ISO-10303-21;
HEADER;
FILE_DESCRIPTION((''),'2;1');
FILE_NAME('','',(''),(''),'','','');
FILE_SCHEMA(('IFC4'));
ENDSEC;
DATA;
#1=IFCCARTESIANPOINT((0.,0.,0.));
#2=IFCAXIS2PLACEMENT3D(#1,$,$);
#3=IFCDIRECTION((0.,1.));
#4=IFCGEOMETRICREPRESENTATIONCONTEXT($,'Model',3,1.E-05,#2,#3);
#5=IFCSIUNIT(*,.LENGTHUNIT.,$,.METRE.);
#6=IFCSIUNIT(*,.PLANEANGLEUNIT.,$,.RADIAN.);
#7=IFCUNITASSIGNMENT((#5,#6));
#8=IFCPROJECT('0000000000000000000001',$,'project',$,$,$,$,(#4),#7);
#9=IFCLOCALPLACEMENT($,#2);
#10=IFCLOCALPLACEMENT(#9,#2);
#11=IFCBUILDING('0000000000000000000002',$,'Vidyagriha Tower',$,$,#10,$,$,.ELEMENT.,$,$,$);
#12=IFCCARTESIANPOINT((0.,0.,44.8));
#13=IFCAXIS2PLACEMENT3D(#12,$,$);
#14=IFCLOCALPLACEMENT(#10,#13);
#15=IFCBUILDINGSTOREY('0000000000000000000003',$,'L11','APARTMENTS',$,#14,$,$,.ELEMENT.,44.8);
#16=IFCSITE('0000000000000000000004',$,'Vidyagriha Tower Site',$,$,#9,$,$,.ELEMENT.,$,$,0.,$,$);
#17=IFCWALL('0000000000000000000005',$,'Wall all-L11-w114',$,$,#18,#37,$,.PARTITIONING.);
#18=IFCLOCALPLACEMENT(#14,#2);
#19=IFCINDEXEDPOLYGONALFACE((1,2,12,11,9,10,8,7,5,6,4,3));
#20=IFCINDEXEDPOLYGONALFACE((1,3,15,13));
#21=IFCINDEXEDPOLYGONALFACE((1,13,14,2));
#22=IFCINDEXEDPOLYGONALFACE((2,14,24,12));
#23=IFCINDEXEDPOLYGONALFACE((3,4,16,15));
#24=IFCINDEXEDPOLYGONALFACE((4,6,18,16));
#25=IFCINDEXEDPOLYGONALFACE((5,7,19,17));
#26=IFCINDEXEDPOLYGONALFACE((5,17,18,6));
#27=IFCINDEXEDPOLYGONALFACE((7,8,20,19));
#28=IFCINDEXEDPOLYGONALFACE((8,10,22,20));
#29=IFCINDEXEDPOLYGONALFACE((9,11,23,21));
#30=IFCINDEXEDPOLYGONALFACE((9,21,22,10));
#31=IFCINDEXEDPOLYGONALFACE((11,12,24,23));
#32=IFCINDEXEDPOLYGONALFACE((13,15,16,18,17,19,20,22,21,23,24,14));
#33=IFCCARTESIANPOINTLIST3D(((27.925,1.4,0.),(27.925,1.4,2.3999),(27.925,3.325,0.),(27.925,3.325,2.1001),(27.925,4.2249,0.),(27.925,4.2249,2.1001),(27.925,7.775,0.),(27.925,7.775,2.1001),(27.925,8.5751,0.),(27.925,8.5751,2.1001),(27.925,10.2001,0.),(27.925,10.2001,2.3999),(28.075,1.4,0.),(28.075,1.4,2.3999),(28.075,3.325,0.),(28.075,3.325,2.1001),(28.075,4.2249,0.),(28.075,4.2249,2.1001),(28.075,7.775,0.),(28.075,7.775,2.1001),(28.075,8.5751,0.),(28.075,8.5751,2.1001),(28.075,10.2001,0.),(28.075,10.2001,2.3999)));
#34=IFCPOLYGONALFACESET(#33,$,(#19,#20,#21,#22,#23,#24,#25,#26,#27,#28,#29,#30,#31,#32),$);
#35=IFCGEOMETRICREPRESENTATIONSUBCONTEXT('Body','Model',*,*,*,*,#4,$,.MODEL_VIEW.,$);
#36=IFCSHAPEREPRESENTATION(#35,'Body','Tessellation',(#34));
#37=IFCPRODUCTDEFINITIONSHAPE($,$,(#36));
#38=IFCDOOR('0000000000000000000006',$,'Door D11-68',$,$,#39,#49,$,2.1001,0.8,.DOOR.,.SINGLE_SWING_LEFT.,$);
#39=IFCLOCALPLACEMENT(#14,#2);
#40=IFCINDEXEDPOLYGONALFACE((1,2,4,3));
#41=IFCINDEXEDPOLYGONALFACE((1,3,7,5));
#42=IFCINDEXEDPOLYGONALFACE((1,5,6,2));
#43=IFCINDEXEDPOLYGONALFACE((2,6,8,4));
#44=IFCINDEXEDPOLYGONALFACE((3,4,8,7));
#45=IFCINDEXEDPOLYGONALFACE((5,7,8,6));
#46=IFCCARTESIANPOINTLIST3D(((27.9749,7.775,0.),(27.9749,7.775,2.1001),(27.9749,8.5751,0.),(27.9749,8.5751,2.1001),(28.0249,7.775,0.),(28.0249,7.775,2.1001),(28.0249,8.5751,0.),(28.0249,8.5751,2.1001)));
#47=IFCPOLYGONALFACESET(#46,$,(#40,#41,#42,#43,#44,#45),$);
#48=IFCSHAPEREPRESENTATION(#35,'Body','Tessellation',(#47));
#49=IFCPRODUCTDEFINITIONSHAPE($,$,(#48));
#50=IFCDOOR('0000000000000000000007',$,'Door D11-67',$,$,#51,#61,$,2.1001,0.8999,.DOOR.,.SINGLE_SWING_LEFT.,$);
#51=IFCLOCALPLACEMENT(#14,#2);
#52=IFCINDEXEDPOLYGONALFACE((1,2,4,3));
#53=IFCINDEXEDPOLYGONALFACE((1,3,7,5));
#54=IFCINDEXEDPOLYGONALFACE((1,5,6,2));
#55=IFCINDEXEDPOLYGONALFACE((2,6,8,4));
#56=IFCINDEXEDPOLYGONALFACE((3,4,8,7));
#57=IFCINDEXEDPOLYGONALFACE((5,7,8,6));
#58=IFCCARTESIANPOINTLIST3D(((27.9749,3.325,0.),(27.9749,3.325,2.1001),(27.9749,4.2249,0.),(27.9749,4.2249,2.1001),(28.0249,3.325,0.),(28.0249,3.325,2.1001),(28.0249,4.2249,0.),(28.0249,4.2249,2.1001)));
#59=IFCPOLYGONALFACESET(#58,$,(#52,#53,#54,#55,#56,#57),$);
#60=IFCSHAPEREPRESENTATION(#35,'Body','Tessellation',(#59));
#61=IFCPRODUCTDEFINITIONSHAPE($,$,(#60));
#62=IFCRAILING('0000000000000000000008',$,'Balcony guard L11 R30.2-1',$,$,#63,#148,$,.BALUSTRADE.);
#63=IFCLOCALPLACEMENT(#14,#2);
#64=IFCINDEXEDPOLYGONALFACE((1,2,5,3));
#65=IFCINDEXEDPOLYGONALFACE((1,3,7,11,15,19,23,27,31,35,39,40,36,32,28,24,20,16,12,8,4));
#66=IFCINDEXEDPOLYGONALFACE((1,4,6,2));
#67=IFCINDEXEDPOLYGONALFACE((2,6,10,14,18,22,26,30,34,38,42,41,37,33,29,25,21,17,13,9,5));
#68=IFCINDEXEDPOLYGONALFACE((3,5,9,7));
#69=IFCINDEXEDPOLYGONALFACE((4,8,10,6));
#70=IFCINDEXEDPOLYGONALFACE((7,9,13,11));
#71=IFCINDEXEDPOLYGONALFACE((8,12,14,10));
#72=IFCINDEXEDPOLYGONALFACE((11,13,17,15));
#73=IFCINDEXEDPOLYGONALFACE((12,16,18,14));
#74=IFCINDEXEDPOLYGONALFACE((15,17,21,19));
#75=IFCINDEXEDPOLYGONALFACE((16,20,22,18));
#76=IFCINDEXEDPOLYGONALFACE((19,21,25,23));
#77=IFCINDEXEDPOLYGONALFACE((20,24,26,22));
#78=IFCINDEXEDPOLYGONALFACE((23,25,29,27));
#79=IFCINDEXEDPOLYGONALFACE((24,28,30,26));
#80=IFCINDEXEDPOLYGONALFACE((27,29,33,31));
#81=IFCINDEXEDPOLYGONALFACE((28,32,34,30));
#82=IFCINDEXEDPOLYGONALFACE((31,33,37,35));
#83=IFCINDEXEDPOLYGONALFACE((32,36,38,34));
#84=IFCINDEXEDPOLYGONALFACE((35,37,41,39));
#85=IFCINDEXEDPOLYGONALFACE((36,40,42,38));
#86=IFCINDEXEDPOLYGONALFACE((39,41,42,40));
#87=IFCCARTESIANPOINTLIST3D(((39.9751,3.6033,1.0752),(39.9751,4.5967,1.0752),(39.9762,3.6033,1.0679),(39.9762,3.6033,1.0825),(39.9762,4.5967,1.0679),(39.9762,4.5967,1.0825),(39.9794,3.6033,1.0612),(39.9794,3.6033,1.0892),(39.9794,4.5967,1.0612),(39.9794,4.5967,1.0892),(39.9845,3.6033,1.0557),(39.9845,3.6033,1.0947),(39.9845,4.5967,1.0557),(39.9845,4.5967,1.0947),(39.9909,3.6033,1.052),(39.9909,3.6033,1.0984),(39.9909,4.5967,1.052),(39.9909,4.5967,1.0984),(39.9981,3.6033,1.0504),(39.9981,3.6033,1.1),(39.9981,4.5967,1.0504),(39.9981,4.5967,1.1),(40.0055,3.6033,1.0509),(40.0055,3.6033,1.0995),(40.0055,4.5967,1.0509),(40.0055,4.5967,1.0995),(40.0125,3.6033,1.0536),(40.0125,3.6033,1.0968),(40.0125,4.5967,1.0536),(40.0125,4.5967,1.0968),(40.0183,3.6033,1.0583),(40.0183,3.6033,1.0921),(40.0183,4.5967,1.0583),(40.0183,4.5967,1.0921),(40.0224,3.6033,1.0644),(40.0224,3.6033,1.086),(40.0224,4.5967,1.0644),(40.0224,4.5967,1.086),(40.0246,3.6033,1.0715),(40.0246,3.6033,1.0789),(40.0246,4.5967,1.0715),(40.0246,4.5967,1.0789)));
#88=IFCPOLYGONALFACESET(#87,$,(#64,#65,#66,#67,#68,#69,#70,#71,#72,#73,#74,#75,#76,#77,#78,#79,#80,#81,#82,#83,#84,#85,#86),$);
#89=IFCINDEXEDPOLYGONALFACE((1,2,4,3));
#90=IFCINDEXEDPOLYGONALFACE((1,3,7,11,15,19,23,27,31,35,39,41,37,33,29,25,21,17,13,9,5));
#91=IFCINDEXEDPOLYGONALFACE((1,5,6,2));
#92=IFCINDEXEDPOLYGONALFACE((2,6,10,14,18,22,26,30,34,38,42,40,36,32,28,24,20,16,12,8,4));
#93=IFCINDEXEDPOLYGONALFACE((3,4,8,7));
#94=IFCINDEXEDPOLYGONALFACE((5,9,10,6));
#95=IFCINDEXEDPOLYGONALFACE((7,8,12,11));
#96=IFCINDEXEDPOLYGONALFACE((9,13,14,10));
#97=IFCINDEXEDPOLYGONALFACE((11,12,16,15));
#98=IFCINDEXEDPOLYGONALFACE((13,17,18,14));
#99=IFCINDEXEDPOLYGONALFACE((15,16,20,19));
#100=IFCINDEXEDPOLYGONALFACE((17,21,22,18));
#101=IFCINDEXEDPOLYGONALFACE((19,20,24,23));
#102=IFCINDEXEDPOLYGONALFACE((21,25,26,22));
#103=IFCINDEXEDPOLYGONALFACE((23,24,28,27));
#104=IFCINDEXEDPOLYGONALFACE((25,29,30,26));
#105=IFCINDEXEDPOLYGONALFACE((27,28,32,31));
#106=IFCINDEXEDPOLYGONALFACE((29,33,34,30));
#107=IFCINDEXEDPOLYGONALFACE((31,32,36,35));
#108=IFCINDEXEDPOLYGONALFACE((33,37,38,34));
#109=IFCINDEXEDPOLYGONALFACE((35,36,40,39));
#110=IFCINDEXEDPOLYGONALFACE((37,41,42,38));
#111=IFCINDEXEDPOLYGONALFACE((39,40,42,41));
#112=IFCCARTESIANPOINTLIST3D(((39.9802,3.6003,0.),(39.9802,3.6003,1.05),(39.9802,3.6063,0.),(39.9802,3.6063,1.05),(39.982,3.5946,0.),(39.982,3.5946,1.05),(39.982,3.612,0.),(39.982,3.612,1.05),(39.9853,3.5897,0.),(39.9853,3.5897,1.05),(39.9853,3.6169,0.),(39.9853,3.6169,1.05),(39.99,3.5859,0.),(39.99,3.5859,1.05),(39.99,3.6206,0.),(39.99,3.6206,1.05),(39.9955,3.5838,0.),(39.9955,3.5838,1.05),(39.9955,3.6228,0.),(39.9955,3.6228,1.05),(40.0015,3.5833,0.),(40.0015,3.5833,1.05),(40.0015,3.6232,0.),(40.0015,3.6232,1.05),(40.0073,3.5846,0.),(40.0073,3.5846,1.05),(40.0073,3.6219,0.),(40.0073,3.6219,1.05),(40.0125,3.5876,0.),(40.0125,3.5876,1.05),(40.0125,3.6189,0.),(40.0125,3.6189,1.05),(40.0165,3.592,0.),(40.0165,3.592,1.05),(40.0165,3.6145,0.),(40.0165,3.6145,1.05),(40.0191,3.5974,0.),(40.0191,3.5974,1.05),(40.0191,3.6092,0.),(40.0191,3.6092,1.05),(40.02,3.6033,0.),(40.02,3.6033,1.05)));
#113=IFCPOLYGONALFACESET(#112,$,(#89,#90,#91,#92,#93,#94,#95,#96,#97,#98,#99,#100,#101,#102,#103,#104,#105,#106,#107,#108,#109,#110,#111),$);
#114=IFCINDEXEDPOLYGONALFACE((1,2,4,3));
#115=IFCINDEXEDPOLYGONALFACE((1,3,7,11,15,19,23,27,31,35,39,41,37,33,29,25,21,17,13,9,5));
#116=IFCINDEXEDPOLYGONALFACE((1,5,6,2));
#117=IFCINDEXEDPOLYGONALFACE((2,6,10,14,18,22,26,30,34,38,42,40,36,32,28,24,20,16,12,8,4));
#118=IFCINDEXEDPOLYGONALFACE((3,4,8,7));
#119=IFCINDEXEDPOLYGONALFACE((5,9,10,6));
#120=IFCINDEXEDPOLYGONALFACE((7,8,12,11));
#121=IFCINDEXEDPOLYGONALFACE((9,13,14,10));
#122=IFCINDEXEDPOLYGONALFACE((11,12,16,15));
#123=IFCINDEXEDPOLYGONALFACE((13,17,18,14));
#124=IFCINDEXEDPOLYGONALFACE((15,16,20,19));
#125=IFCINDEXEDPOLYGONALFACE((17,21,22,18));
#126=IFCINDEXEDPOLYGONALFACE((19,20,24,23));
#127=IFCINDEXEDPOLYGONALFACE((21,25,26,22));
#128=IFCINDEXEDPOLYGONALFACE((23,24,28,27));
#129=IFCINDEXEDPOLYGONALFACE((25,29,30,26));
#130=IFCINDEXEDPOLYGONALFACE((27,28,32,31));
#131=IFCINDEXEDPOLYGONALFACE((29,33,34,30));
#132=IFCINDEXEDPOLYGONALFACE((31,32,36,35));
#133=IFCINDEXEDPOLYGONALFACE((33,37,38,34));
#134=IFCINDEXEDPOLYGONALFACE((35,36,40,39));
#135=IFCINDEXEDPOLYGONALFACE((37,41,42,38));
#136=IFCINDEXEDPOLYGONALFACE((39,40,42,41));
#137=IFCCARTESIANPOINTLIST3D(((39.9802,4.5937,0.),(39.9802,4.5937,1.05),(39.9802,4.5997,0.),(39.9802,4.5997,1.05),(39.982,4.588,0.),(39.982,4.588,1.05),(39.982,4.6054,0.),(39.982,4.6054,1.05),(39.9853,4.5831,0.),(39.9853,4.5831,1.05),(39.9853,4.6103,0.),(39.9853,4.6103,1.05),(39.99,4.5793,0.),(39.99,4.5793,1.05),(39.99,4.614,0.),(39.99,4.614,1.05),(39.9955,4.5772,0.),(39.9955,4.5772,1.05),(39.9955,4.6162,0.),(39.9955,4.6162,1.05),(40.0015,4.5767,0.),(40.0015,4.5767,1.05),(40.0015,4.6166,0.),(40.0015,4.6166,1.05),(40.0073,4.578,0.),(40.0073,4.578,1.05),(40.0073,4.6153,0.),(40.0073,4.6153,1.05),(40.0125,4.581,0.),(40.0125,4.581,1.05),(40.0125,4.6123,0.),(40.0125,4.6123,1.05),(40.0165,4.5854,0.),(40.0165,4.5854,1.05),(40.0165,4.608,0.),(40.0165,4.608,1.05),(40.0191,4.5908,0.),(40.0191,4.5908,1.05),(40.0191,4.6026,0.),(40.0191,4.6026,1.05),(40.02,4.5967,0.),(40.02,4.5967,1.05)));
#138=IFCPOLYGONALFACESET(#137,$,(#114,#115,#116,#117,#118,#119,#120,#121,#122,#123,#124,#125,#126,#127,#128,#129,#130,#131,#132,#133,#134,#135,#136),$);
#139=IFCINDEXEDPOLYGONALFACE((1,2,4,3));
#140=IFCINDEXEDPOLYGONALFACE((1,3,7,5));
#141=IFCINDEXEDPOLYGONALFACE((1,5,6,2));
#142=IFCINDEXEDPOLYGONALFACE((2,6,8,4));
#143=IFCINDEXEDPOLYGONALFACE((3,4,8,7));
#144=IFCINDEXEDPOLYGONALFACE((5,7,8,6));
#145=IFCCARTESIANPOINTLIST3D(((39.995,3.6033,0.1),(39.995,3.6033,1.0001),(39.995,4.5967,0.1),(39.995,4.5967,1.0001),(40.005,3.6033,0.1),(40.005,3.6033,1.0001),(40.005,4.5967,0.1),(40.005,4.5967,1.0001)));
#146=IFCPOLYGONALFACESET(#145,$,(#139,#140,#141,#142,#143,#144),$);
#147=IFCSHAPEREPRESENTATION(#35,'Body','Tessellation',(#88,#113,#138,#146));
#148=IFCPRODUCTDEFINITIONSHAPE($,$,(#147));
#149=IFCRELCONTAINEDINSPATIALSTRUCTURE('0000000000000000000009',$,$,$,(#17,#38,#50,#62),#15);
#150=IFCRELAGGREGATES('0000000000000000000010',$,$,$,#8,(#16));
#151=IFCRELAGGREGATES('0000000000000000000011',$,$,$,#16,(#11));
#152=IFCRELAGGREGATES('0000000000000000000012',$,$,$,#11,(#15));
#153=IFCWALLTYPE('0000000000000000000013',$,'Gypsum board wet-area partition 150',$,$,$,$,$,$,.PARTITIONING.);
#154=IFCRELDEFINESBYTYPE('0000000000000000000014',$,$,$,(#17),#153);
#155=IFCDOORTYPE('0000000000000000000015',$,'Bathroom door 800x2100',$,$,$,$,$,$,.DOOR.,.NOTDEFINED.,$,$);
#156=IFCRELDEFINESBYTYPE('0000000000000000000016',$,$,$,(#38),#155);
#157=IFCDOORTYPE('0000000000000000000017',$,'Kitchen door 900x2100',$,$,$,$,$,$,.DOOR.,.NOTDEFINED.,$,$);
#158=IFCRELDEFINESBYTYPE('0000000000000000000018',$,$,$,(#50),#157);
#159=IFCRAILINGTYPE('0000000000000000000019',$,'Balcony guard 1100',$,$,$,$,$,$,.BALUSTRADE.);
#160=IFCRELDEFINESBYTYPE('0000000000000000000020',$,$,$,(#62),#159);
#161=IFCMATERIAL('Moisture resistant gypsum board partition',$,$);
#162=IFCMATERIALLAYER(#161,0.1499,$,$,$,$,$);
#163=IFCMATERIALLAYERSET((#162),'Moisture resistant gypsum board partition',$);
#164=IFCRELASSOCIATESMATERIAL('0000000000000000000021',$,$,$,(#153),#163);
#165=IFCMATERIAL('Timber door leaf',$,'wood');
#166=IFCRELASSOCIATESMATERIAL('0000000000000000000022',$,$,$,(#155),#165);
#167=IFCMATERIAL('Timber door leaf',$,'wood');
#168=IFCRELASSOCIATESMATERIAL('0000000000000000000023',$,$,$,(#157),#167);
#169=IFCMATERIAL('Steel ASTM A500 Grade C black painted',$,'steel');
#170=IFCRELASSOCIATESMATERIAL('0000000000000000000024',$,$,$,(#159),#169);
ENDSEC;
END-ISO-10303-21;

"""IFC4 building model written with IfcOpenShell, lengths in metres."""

from ifc_helpers import new_model, si_unit, direction, frame, frame_2d, origin, origin_2d, place, context, subcontext, project, spatial, rectangle, circle, extrude, material, layer, layer_set, type_object, element, fill, save


model = new_model("IFC4")

# Units and contexts
model_context = context("Model", 3, precision=1e-05, world=origin(), true_north=direction((0.0, 1.0)))
body_context = subcontext(model_context, "Body", "Model", "MODEL_VIEW")
ifc_project = project(units=[si_unit("LENGTHUNIT", "METRE"), si_unit("PLANEANGLEUNIT", "RADIAN")], contexts=[model_context])

# Site, building, storey
site_placement = place(None, origin())
site = spatial("IfcSite", under=ifc_project, at=site_placement, Name="Vidyagriha Tower Site", CompositionType="ELEMENT", RefElevation=0.0)
building_placement = place(site_placement, origin())
building = spatial("IfcBuilding", under=site, at=building_placement, Name="Vidyagriha Tower", CompositionType="ELEMENT")
storey_placement = place(building_placement, frame((0.0, 0.0, 44.8)))
storey = spatial("IfcBuildingStorey", under=building, at=storey_placement, Name="L11", Description="APARTMENTS", CompositionType="ELEMENT", Elevation=44.8)

# Wall, openings, doors
ifc_material_1 = material(Name="Moisture resistant gypsum board partition")
ifc_layer_1 = layer(ifc_material_1, 0.1499)
ifc_layer_set_1 = layer_set([ifc_layer_1], Name="Moisture resistant gypsum board partition")
wall_type_1 = type_object("IfcWallType", Name="Gypsum board wet-area partition 150", PredefinedType="PARTITIONING", material=ifc_layer_set_1)
wall_1_placement = place(storey_placement, frame((28.0, 10.2, 0.0), z_axis=(0.0, 0.0, 1.0), x_axis=(0.0, -1.0, 0.0)))
wall_1 = element("IfcWall", 1, at=wall_1_placement, inside=storey, type_object=wall_type_1, Name="Wall all-L11-w114", PredefinedType="PARTITIONING", context=body_context, shape_type="SweptSolid", body=[
    extrude(rectangle(XDim=8.8, YDim=0.1499, at=frame_2d((4.3999, 0.0))), origin(), (0.0, 0.0, 1.0), 2.3999),
])
opening_1_placement = place(wall_1_placement, frame((5.9751, 0.0, 0.0)))
opening_1 = element("IfcOpeningElement", 2, at=opening_1_placement, cuts=wall_1, PredefinedType="OPENING", context=body_context, shape_type="SweptSolid", body=[
    extrude(rectangle(XDim=0.8999, YDim=2.1001, at=frame_2d((0.45, 1.05))), frame((0.0, 0.085, 0.0), z_axis=(0.0, -1.0, 0.0), x_axis=(1.0, 0.0, 0.0)), (0.0, 0.0, 1.0), 0.1699),
])
opening_2_placement = place(wall_1_placement, frame((1.625, 0.0, 0.0)))
opening_2 = element("IfcOpeningElement", 3, at=opening_2_placement, cuts=wall_1, PredefinedType="OPENING", context=body_context, shape_type="SweptSolid", body=[
    extrude(rectangle(XDim=0.8, YDim=2.1001, at=frame_2d((0.3999, 1.05))), frame((0.0, 0.085, 0.0), z_axis=(0.0, -1.0, 0.0), x_axis=(1.0, 0.0, 0.0)), (0.0, 0.0, 1.0), 0.1699),
])
ifc_material_2 = material(Name="Timber door leaf", Category="wood")
door_type_1 = type_object("IfcDoorType", Name="Bathroom door 800x2100", OperationType="NOTDEFINED", PredefinedType="DOOR", material=ifc_material_2)
door_1_placement = place(opening_2_placement, origin())
door_1 = element("IfcDoor", 4, at=door_1_placement, inside=storey, type_object=door_type_1, Name="Door D11-68", OperationType="SINGLE_SWING_LEFT", OverallHeight=2.1001, OverallWidth=0.8, PredefinedType="DOOR", context=body_context, shape_type="SweptSolid", body=[
    extrude(rectangle(XDim=0.8, YDim=2.1001, at=frame_2d((0.3999, 1.05))), frame((0.0, 0.0249, 0.0), z_axis=(0.0, -1.0, 0.0), x_axis=(1.0, 0.0, 0.0)), (0.0, 0.0, 1.0), 0.05),
])
fill(opening_2, door_1)
ifc_material_3 = material(Name="Timber door leaf", Category="wood")
door_type_2 = type_object("IfcDoorType", Name="Kitchen door 900x2100", OperationType="NOTDEFINED", PredefinedType="DOOR", material=ifc_material_3)
door_2_placement = place(opening_1_placement, origin())
door_2 = element("IfcDoor", 5, at=door_2_placement, inside=storey, type_object=door_type_2, Name="Door D11-67", OperationType="SINGLE_SWING_LEFT", OverallHeight=2.1001, OverallWidth=0.8999, PredefinedType="DOOR", context=body_context, shape_type="SweptSolid", body=[
    extrude(rectangle(XDim=0.8999, YDim=2.1001, at=frame_2d((0.45, 1.05))), frame((0.0, 0.0249, 0.0), z_axis=(0.0, -1.0, 0.0), x_axis=(1.0, 0.0, 0.0)), (0.0, 0.0, 1.0), 0.05),
])
fill(opening_1, door_2)

# Railing
ifc_material_4 = material(Name="Steel ASTM A500 Grade C black painted", Category="steel")
railing_type_1 = type_object("IfcRailingType", Name="Balcony guard 1100", PredefinedType="BALUSTRADE", material=ifc_material_4)
railing_1_placement = place(storey_placement, frame((40.0, 3.6033, 0.0)))
element("IfcRailing", 6, at=railing_1_placement, inside=storey, type_object=railing_type_1, Name="Balcony guard L11 R30.2-1", PredefinedType="BALUSTRADE", context=body_context, shape_type="SweptSolid", body=[
    extrude(circle(Radius=0.0249, at=origin_2d()), frame((0.0, 0.0, 1.0752), z_axis=(0.0, 1.0, 0.0), x_axis=(-1.0, 0.0, 0.0)), (0.0, 0.0, 1.0), 0.9934),
    extrude(circle(Radius=0.02, at=origin_2d()), origin(), (0.0, 0.0, 1.0), 1.05),
    extrude(circle(Radius=0.02, at=origin_2d()), frame((0.0, 0.9934, 0.0)), (0.0, 0.0, 1.0), 1.05),
    extrude(rectangle(XDim=0.01, YDim=0.9001, at=origin_2d()), frame((0.0, 0.0, 0.55), z_axis=(0.0, 1.0, 0.0), x_axis=(-1.0, 0.0, 0.0)), (0.0, 0.0, 1.0), 0.9934),
])

save(model, "model.ifc")
